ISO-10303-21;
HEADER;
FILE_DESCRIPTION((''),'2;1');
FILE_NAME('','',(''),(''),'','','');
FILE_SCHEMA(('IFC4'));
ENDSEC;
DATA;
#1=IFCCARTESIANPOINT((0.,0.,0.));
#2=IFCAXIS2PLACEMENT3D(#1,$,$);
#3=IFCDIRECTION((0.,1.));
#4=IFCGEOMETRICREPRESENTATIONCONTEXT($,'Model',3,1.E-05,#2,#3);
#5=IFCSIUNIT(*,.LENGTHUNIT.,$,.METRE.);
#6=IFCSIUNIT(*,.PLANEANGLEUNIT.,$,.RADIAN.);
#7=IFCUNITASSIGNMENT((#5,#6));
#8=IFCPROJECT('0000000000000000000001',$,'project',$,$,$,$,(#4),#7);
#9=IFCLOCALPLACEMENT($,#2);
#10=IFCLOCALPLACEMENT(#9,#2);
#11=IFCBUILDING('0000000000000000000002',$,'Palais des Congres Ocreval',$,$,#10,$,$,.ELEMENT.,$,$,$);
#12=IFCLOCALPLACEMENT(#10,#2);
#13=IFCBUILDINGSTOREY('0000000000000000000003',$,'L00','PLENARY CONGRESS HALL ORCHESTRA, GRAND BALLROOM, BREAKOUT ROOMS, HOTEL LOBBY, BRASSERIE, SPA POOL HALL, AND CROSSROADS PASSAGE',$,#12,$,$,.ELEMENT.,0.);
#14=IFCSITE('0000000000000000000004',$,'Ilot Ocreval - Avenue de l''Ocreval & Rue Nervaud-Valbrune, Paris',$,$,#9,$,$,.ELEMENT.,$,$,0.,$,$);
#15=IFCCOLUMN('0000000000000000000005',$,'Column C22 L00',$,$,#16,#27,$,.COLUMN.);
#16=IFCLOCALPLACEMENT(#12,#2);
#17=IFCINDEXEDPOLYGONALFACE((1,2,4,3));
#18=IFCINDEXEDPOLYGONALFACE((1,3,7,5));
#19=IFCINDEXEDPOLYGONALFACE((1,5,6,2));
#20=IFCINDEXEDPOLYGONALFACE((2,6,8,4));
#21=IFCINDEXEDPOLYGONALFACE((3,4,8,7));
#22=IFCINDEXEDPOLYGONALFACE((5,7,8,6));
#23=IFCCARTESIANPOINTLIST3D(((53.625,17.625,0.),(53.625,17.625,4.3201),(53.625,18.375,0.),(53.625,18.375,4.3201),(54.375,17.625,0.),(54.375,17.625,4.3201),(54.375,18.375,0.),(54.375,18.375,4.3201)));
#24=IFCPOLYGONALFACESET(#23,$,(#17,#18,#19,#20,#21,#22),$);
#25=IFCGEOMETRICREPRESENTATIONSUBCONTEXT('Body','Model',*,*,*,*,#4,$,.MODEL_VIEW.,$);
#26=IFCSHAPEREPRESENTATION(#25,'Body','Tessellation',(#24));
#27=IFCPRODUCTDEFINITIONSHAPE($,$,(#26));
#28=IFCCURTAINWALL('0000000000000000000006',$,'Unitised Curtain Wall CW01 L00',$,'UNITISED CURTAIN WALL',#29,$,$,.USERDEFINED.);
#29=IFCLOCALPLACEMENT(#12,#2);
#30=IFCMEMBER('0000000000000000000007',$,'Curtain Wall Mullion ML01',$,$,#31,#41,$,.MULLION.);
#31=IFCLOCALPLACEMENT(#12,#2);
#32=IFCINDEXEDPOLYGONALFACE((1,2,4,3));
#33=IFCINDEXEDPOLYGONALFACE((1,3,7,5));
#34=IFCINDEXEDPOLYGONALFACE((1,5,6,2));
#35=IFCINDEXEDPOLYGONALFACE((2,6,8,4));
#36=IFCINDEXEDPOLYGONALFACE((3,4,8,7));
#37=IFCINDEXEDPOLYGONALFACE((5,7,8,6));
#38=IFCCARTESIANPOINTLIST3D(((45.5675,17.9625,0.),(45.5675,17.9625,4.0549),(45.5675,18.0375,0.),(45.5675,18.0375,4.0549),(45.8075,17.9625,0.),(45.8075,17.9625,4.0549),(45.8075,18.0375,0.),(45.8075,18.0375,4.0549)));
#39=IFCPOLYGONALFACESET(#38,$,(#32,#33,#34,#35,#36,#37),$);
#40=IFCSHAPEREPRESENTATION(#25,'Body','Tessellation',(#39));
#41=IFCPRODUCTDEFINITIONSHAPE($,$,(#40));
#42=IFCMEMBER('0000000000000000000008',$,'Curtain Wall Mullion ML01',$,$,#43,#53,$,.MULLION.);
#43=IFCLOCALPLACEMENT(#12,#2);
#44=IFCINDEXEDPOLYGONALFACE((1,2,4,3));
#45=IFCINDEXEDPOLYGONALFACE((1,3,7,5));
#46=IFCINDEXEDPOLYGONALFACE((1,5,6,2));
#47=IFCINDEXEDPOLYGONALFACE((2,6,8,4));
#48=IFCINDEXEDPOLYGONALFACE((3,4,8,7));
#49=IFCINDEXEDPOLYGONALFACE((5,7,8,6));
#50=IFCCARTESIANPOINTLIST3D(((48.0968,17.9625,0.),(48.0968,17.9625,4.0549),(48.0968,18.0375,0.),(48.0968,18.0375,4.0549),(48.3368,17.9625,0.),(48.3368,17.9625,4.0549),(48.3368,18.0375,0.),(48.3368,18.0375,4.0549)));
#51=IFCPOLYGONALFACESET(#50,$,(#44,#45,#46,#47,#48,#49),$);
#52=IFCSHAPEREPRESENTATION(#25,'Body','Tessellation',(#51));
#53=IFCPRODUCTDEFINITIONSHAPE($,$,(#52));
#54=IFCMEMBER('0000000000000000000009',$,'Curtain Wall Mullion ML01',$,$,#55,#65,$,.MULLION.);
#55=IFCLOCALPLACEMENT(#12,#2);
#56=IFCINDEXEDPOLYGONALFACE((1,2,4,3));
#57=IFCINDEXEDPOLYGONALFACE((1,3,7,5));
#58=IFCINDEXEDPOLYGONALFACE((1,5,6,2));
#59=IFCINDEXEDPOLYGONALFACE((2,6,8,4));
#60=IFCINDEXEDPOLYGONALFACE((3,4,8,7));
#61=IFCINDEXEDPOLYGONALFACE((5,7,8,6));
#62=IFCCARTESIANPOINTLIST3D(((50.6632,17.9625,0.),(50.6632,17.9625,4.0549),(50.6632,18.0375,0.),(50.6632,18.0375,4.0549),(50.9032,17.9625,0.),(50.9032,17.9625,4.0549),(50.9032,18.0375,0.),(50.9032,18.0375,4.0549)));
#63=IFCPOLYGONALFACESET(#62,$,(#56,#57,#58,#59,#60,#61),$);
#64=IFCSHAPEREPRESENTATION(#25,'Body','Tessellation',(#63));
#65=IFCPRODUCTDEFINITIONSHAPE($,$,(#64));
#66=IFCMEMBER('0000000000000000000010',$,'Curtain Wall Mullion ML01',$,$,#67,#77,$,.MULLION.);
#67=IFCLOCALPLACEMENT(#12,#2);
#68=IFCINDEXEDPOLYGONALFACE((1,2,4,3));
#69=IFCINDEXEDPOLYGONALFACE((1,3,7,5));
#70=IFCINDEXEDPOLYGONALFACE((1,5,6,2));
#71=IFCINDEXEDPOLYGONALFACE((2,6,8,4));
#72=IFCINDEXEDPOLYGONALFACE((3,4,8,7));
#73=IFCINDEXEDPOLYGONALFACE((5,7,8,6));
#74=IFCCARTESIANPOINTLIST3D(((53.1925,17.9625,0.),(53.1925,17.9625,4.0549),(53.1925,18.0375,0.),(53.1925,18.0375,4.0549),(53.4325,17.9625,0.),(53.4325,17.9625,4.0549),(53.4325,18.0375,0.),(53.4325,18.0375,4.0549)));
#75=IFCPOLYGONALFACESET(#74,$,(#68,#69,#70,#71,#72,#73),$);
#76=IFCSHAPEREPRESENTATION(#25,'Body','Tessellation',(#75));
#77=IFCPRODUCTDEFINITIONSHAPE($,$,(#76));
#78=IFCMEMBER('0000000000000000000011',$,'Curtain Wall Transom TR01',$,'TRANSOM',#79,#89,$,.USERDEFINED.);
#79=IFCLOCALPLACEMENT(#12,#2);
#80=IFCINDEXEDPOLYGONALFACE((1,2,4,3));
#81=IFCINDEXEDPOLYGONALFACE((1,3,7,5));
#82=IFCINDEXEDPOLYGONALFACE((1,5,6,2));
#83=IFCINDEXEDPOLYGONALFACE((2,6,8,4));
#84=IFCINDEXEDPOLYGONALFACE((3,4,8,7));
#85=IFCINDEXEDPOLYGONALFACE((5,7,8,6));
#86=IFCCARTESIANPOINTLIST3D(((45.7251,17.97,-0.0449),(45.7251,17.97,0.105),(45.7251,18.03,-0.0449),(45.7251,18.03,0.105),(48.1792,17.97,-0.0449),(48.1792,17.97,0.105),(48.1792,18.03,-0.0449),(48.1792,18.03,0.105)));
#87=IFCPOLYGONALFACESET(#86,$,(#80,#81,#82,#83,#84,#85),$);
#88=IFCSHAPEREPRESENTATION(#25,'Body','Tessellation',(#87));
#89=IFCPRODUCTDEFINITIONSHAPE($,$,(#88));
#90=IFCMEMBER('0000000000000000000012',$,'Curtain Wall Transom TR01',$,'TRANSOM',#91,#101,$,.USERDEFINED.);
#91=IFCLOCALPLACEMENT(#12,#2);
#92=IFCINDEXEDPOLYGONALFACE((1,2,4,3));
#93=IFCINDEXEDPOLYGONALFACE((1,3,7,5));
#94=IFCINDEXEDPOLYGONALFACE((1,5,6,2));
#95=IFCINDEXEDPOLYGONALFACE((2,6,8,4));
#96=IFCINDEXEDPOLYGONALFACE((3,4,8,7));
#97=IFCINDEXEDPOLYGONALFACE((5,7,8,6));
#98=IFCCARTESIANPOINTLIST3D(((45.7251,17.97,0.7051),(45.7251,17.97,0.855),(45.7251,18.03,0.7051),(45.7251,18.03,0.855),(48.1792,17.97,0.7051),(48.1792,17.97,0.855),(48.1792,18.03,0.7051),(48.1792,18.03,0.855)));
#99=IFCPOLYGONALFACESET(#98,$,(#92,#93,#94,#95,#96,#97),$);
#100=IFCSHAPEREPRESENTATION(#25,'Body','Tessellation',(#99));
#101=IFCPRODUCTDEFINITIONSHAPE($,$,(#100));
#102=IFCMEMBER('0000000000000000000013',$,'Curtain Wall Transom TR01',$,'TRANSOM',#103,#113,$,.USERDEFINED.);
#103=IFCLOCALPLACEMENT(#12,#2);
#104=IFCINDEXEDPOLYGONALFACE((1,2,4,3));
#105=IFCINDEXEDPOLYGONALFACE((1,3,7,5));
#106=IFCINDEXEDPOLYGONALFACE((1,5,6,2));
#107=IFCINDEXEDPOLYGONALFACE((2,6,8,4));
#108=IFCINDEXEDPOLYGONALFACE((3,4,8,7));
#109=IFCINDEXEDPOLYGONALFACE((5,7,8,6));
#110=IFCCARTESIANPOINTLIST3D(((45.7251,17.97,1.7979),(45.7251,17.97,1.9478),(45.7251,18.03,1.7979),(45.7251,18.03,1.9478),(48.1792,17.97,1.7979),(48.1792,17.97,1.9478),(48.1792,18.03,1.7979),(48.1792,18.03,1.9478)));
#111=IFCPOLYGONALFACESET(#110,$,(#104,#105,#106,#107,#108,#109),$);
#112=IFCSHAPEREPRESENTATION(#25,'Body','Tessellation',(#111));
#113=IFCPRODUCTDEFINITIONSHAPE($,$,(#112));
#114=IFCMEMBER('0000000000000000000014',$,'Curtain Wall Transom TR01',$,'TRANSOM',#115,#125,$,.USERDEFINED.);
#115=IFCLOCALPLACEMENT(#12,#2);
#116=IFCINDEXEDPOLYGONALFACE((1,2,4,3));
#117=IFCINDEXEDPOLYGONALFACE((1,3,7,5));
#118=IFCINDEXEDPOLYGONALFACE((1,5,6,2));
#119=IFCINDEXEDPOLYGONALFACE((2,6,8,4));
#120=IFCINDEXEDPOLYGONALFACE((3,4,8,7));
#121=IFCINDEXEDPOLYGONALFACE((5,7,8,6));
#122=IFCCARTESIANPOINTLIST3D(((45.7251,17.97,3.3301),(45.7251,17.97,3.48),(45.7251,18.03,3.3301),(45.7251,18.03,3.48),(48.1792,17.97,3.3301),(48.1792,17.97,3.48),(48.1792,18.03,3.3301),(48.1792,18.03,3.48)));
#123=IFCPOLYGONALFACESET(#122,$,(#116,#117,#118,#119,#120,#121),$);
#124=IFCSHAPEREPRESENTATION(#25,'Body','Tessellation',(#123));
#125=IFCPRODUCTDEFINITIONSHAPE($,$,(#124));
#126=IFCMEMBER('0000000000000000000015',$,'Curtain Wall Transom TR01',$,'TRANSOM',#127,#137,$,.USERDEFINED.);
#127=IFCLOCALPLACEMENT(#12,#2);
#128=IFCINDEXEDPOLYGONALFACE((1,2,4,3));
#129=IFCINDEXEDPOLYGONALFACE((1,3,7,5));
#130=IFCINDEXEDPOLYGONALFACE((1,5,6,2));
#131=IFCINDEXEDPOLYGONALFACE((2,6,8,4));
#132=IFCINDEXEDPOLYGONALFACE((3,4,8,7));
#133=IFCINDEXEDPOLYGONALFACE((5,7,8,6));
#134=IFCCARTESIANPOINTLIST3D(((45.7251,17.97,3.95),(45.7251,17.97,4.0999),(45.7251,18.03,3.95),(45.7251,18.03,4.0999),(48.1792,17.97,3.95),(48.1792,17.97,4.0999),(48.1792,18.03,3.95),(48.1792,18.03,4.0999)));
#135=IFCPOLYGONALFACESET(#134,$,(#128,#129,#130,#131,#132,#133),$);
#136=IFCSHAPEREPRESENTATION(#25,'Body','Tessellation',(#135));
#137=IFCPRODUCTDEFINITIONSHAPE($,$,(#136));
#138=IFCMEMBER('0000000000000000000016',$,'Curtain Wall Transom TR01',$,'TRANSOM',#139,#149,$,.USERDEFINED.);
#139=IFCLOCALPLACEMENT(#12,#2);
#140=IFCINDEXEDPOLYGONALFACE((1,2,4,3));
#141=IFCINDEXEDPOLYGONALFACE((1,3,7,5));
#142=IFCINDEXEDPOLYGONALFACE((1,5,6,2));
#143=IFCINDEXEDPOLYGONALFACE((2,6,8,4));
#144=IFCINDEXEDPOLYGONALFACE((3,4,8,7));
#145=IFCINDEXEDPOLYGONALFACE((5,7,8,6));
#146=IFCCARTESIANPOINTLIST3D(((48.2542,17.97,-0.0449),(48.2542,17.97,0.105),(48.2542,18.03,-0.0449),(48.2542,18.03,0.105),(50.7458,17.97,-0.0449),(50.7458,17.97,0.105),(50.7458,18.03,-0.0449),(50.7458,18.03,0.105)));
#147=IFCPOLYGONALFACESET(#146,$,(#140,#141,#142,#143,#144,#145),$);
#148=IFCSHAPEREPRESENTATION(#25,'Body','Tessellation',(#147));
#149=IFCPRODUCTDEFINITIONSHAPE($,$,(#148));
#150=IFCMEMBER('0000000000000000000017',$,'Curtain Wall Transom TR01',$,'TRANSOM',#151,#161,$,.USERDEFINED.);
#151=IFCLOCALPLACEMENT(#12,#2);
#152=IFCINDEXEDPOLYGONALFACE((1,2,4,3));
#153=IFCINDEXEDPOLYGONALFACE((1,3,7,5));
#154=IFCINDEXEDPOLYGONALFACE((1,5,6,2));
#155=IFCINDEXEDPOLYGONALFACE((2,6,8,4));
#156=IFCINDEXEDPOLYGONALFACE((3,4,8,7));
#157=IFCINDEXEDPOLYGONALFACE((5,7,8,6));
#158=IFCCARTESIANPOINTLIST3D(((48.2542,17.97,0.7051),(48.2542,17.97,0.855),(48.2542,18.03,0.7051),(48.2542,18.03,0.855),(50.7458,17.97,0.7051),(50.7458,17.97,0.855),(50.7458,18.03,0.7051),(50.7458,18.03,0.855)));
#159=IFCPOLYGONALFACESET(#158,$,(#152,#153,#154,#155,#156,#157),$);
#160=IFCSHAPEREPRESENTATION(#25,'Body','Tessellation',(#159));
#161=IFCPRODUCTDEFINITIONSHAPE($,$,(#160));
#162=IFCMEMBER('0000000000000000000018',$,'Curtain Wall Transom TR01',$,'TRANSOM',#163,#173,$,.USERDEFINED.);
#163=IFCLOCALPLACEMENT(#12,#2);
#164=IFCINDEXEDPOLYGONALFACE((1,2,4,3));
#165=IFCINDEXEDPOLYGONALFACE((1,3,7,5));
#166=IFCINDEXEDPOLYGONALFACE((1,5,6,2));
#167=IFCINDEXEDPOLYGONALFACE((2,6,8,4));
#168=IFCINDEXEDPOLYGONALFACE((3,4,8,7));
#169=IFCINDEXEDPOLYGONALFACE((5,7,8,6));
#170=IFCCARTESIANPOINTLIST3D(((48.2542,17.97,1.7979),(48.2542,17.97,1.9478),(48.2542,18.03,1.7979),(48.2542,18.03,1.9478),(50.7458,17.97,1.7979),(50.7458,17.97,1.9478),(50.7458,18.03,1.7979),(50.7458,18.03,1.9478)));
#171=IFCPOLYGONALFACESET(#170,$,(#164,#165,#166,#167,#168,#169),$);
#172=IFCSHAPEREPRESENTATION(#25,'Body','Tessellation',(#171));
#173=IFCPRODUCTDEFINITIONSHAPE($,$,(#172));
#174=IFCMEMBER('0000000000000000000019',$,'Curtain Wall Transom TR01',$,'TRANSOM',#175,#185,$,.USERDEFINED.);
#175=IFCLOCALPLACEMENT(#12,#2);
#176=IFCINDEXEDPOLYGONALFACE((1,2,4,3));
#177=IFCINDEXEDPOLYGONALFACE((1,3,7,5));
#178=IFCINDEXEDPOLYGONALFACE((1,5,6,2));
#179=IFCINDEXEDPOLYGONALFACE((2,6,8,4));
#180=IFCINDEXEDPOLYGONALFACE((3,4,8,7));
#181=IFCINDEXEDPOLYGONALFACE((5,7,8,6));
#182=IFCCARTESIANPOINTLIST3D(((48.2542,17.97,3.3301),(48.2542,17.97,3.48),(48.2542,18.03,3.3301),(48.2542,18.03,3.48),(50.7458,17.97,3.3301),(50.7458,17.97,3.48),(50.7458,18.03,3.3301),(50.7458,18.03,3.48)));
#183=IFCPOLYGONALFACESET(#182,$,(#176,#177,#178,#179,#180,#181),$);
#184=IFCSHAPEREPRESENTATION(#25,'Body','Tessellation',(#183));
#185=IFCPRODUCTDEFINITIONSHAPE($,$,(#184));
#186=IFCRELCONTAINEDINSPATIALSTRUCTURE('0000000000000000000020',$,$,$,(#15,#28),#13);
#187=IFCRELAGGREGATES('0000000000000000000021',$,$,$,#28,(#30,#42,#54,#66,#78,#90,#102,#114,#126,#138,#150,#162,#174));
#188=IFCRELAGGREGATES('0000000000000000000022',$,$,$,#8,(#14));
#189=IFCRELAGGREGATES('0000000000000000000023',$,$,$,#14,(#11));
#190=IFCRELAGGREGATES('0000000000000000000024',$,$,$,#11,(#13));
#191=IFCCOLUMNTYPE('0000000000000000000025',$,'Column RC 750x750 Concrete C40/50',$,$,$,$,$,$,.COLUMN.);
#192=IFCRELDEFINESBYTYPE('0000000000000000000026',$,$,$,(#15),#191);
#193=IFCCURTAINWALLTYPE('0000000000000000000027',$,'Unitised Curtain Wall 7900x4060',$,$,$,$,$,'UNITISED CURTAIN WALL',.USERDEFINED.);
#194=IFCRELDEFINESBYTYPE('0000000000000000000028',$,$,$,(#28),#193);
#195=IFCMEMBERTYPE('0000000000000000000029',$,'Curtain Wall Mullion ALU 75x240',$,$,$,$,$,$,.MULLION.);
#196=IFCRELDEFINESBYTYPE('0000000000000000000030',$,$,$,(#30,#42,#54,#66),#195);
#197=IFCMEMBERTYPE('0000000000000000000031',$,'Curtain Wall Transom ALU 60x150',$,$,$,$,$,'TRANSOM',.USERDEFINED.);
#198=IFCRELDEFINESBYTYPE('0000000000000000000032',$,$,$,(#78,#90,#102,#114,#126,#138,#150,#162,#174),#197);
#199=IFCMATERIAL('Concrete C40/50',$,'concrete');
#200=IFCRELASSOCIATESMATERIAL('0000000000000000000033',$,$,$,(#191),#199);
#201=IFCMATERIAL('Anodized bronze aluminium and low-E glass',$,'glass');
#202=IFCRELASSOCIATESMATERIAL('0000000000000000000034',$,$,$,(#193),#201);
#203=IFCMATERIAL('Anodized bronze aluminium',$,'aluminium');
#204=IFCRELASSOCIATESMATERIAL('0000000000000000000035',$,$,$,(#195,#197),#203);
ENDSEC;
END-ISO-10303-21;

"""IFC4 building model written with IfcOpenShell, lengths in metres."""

from ifc_helpers import new_model, si_unit, direction, frame, origin, origin_2d, place, context, subcontext, project, spatial, rectangle, extrude, material, material_profile, profile_set, type_object, element, aggregate, save


model = new_model("IFC4")

# Units and contexts
model_context = context("Model", 3, precision=1e-05, world=origin(), true_north=direction((0.0, 1.0)))
body_context = subcontext(model_context, "Body", "Model", "MODEL_VIEW")
ifc_project = project(units=[si_unit("LENGTHUNIT", "METRE"), si_unit("PLANEANGLEUNIT", "RADIAN")], contexts=[model_context])

# Site, building, storey
site_placement = place(None, origin())
site = spatial("IfcSite", under=ifc_project, at=site_placement, Name="Ilot Ocreval - Avenue de l'Ocreval & Rue Nervaud-Valbrune, Paris", CompositionType="ELEMENT", RefElevation=0.0)
building_placement = place(site_placement, origin())
building = spatial("IfcBuilding", under=site, at=building_placement, Name="Palais des Congres Ocreval", CompositionType="ELEMENT")
storey_placement = place(building_placement, origin())
storey = spatial("IfcBuildingStorey", under=building, at=storey_placement, Name="L00", Description="PLENARY CONGRESS HALL ORCHESTRA, GRAND BALLROOM, BREAKOUT ROOMS, HOTEL LOBBY, BRASSERIE, SPA POOL HALL, AND CROSSROADS PASSAGE", CompositionType="ELEMENT", Elevation=0.0)

# Column
ifc_material_1 = material(Name="Concrete C40/50", Category="concrete")
ifc_material_profile_1 = material_profile(ifc_material_1, rectangle(XDim=0.75, YDim=0.75, at=origin_2d()), Name="RC 750x750")
ifc_profile_set_1 = profile_set([ifc_material_profile_1], Name="Concrete C40/50")
column_type = type_object("IfcColumnType", Name="Column RC 750x750 Concrete C40/50", PredefinedType="COLUMN", material=ifc_profile_set_1)
column_placement = place(storey_placement, frame((54.0, 18.0, 0.0), z_axis=(0.0, 0.0, 1.0), x_axis=(1.0, 0.0, 0.0)))
element("IfcColumn", 1, at=column_placement, inside=storey, type_object=column_type, Name="Column C22 L00", PredefinedType="COLUMN", context=body_context, shape_type="SweptSolid", body=[
    extrude(rectangle(XDim=0.75, YDim=0.75, at=origin_2d()), origin(), (0.0, 0.0, 1.0), 4.3201),
])

# Curtain wall, members
ifc_material_2 = material(Name="Anodized bronze aluminium and low-E glass", Category="glass")
curtain_wall_type = type_object("IfcCurtainWallType", Name="Unitised Curtain Wall 7900x4060", ElementType="UNITISED CURTAIN WALL", PredefinedType="USERDEFINED", material=ifc_material_2)
curtain_wall_placement = place(storey_placement, origin())
curtain_wall = element("IfcCurtainWall", 2, at=curtain_wall_placement, inside=storey, type_object=curtain_wall_type, Name="Unitised Curtain Wall CW01 L00", ObjectType="UNITISED CURTAIN WALL", PredefinedType="USERDEFINED")
ifc_material_3 = material(Name="Anodized bronze aluminium", Category="aluminium")
ifc_material_profile_2 = material_profile(ifc_material_3, rectangle(XDim=0.075, YDim=0.24, at=origin_2d()), Name="ALU 75x240")
ifc_profile_set_2 = profile_set([ifc_material_profile_2], Name="Anodized bronze aluminium")
member_type_1 = type_object("IfcMemberType", Name="Curtain Wall Mullion ALU 75x240", PredefinedType="MULLION", material=ifc_profile_set_2)
member_1_placement = place(storey_placement, frame((45.6875, 18.0, 0.0), z_axis=(0.0, 0.0, 1.0), x_axis=(0.0, 1.0, 0.0)))
member_1 = element("IfcMember", 3, at=member_1_placement, type_object=member_type_1, Name="Curtain Wall Mullion ML01", PredefinedType="MULLION", context=body_context, shape_type="SweptSolid", body=[
    extrude(rectangle(XDim=0.075, YDim=0.24, at=origin_2d()), origin(), (0.0, 0.0, 1.0), 4.0549),
])
member_2_placement = place(storey_placement, frame((48.2168, 18.0, 0.0), z_axis=(0.0, 0.0, 1.0), x_axis=(0.0, 1.0, 0.0)))
member_2 = element("IfcMember", 4, at=member_2_placement, type_object=member_type_1, Name="Curtain Wall Mullion ML01", PredefinedType="MULLION", context=body_context, shape_type="SweptSolid", body=[
    extrude(rectangle(XDim=0.075, YDim=0.24, at=origin_2d()), origin(), (0.0, 0.0, 1.0), 4.0549),
])
member_3_placement = place(storey_placement, frame((50.7832, 18.0, 0.0), z_axis=(0.0, 0.0, 1.0), x_axis=(0.0, 1.0, 0.0)))
member_3 = element("IfcMember", 5, at=member_3_placement, type_object=member_type_1, Name="Curtain Wall Mullion ML01", PredefinedType="MULLION", context=body_context, shape_type="SweptSolid", body=[
    extrude(rectangle(XDim=0.075, YDim=0.24, at=origin_2d()), origin(), (0.0, 0.0, 1.0), 4.0549),
])
member_4_placement = place(storey_placement, frame((53.3125, 18.0, 0.0), z_axis=(0.0, 0.0, 1.0), x_axis=(0.0, 1.0, 0.0)))
member_4 = element("IfcMember", 6, at=member_4_placement, type_object=member_type_1, Name="Curtain Wall Mullion ML01", PredefinedType="MULLION", context=body_context, shape_type="SweptSolid", body=[
    extrude(rectangle(XDim=0.075, YDim=0.24, at=origin_2d()), origin(), (0.0, 0.0, 1.0), 4.0549),
])
ifc_material_profile_3 = material_profile(ifc_material_3, rectangle(XDim=0.0601, YDim=0.1499, at=origin_2d()), Name="ALU 60x150")
ifc_profile_set_3 = profile_set([ifc_material_profile_3], Name="Anodized bronze aluminium")
member_type_2 = type_object("IfcMemberType", Name="Curtain Wall Transom ALU 60x150", ElementType="TRANSOM", PredefinedType="USERDEFINED", material=ifc_profile_set_3)
member_5_placement = place(storey_placement, frame((45.7251, 18.0, 0.03), z_axis=(1.0, 0.0, 0.0), x_axis=(0.0, 1.0, 0.0)))
member_5 = element("IfcMember", 7, at=member_5_placement, type_object=member_type_2, Name="Curtain Wall Transom TR01", ObjectType="TRANSOM", PredefinedType="USERDEFINED", context=body_context, shape_type="SweptSolid", body=[
    extrude(rectangle(XDim=0.0601, YDim=0.1499, at=origin_2d()), origin(), (0.0, 0.0, 1.0), 2.4541),
])
member_6_placement = place(storey_placement, frame((45.7251, 18.0, 0.78), z_axis=(1.0, 0.0, 0.0), x_axis=(0.0, 1.0, 0.0)))
member_6 = element("IfcMember", 8, at=member_6_placement, type_object=member_type_2, Name="Curtain Wall Transom TR01", ObjectType="TRANSOM", PredefinedType="USERDEFINED", context=body_context, shape_type="SweptSolid", body=[
    extrude(rectangle(XDim=0.0601, YDim=0.1499, at=origin_2d()), origin(), (0.0, 0.0, 1.0), 2.4541),
])
member_7_placement = place(storey_placement, frame((45.7251, 18.0, 1.8728), z_axis=(1.0, 0.0, 0.0), x_axis=(0.0, 1.0, 0.0)))
member_7 = element("IfcMember", 9, at=member_7_placement, type_object=member_type_2, Name="Curtain Wall Transom TR01", ObjectType="TRANSOM", PredefinedType="USERDEFINED", context=body_context, shape_type="SweptSolid", body=[
    extrude(rectangle(XDim=0.0601, YDim=0.1499, at=origin_2d()), origin(), (0.0, 0.0, 1.0), 2.4541),
])
member_8_placement = place(storey_placement, frame((45.7251, 18.0, 3.405), z_axis=(1.0, 0.0, 0.0), x_axis=(0.0, 1.0, 0.0)))
member_8 = element("IfcMember", 10, at=member_8_placement, type_object=member_type_2, Name="Curtain Wall Transom TR01", ObjectType="TRANSOM", PredefinedType="USERDEFINED", context=body_context, shape_type="SweptSolid", body=[
    extrude(rectangle(XDim=0.0601, YDim=0.1499, at=origin_2d()), origin(), (0.0, 0.0, 1.0), 2.4541),
])
member_9_placement = place(storey_placement, frame((45.7251, 18.0, 4.0249), z_axis=(1.0, 0.0, 0.0), x_axis=(0.0, 1.0, 0.0)))
member_9 = element("IfcMember", 11, at=member_9_placement, type_object=member_type_2, Name="Curtain Wall Transom TR01", ObjectType="TRANSOM", PredefinedType="USERDEFINED", context=body_context, shape_type="SweptSolid", body=[
    extrude(rectangle(XDim=0.0601, YDim=0.1499, at=origin_2d()), origin(), (0.0, 0.0, 1.0), 2.4541),
])
member_10_placement = place(storey_placement, frame((48.2542, 18.0, 0.03), z_axis=(1.0, 0.0, 0.0), x_axis=(0.0, 1.0, 0.0)))
member_10 = element("IfcMember", 12, at=member_10_placement, type_object=member_type_2, Name="Curtain Wall Transom TR01", ObjectType="TRANSOM", PredefinedType="USERDEFINED", context=body_context, shape_type="SweptSolid", body=[
    extrude(rectangle(XDim=0.0601, YDim=0.1499, at=origin_2d()), origin(), (0.0, 0.0, 1.0), 2.4917),
])
member_11_placement = place(storey_placement, frame((48.2542, 18.0, 0.78), z_axis=(1.0, 0.0, 0.0), x_axis=(0.0, 1.0, 0.0)))
member_11 = element("IfcMember", 13, at=member_11_placement, type_object=member_type_2, Name="Curtain Wall Transom TR01", ObjectType="TRANSOM", PredefinedType="USERDEFINED", context=body_context, shape_type="SweptSolid", body=[
    extrude(rectangle(XDim=0.0601, YDim=0.1499, at=origin_2d()), origin(), (0.0, 0.0, 1.0), 2.4917),
])
member_12_placement = place(storey_placement, frame((48.2542, 18.0, 1.8728), z_axis=(1.0, 0.0, 0.0), x_axis=(0.0, 1.0, 0.0)))
member_12 = element("IfcMember", 14, at=member_12_placement, type_object=member_type_2, Name="Curtain Wall Transom TR01", ObjectType="TRANSOM", PredefinedType="USERDEFINED", context=body_context, shape_type="SweptSolid", body=[
    extrude(rectangle(XDim=0.0601, YDim=0.1499, at=origin_2d()), origin(), (0.0, 0.0, 1.0), 2.4917),
])
member_13_placement = place(storey_placement, frame((48.2542, 18.0, 3.405), z_axis=(1.0, 0.0, 0.0), x_axis=(0.0, 1.0, 0.0)))
member_13 = element("IfcMember", 15, at=member_13_placement, type_object=member_type_2, Name="Curtain Wall Transom TR01", ObjectType="TRANSOM", PredefinedType="USERDEFINED", context=body_context, shape_type="SweptSolid", body=[
    extrude(rectangle(XDim=0.0601, YDim=0.1499, at=origin_2d()), origin(), (0.0, 0.0, 1.0), 2.4917),
])

aggregate(curtain_wall, [member_1, member_2, member_3, member_4, member_5, member_6, member_7, member_8, member_9, member_10, member_11, member_12, member_13])

save(model, "model.ifc")
